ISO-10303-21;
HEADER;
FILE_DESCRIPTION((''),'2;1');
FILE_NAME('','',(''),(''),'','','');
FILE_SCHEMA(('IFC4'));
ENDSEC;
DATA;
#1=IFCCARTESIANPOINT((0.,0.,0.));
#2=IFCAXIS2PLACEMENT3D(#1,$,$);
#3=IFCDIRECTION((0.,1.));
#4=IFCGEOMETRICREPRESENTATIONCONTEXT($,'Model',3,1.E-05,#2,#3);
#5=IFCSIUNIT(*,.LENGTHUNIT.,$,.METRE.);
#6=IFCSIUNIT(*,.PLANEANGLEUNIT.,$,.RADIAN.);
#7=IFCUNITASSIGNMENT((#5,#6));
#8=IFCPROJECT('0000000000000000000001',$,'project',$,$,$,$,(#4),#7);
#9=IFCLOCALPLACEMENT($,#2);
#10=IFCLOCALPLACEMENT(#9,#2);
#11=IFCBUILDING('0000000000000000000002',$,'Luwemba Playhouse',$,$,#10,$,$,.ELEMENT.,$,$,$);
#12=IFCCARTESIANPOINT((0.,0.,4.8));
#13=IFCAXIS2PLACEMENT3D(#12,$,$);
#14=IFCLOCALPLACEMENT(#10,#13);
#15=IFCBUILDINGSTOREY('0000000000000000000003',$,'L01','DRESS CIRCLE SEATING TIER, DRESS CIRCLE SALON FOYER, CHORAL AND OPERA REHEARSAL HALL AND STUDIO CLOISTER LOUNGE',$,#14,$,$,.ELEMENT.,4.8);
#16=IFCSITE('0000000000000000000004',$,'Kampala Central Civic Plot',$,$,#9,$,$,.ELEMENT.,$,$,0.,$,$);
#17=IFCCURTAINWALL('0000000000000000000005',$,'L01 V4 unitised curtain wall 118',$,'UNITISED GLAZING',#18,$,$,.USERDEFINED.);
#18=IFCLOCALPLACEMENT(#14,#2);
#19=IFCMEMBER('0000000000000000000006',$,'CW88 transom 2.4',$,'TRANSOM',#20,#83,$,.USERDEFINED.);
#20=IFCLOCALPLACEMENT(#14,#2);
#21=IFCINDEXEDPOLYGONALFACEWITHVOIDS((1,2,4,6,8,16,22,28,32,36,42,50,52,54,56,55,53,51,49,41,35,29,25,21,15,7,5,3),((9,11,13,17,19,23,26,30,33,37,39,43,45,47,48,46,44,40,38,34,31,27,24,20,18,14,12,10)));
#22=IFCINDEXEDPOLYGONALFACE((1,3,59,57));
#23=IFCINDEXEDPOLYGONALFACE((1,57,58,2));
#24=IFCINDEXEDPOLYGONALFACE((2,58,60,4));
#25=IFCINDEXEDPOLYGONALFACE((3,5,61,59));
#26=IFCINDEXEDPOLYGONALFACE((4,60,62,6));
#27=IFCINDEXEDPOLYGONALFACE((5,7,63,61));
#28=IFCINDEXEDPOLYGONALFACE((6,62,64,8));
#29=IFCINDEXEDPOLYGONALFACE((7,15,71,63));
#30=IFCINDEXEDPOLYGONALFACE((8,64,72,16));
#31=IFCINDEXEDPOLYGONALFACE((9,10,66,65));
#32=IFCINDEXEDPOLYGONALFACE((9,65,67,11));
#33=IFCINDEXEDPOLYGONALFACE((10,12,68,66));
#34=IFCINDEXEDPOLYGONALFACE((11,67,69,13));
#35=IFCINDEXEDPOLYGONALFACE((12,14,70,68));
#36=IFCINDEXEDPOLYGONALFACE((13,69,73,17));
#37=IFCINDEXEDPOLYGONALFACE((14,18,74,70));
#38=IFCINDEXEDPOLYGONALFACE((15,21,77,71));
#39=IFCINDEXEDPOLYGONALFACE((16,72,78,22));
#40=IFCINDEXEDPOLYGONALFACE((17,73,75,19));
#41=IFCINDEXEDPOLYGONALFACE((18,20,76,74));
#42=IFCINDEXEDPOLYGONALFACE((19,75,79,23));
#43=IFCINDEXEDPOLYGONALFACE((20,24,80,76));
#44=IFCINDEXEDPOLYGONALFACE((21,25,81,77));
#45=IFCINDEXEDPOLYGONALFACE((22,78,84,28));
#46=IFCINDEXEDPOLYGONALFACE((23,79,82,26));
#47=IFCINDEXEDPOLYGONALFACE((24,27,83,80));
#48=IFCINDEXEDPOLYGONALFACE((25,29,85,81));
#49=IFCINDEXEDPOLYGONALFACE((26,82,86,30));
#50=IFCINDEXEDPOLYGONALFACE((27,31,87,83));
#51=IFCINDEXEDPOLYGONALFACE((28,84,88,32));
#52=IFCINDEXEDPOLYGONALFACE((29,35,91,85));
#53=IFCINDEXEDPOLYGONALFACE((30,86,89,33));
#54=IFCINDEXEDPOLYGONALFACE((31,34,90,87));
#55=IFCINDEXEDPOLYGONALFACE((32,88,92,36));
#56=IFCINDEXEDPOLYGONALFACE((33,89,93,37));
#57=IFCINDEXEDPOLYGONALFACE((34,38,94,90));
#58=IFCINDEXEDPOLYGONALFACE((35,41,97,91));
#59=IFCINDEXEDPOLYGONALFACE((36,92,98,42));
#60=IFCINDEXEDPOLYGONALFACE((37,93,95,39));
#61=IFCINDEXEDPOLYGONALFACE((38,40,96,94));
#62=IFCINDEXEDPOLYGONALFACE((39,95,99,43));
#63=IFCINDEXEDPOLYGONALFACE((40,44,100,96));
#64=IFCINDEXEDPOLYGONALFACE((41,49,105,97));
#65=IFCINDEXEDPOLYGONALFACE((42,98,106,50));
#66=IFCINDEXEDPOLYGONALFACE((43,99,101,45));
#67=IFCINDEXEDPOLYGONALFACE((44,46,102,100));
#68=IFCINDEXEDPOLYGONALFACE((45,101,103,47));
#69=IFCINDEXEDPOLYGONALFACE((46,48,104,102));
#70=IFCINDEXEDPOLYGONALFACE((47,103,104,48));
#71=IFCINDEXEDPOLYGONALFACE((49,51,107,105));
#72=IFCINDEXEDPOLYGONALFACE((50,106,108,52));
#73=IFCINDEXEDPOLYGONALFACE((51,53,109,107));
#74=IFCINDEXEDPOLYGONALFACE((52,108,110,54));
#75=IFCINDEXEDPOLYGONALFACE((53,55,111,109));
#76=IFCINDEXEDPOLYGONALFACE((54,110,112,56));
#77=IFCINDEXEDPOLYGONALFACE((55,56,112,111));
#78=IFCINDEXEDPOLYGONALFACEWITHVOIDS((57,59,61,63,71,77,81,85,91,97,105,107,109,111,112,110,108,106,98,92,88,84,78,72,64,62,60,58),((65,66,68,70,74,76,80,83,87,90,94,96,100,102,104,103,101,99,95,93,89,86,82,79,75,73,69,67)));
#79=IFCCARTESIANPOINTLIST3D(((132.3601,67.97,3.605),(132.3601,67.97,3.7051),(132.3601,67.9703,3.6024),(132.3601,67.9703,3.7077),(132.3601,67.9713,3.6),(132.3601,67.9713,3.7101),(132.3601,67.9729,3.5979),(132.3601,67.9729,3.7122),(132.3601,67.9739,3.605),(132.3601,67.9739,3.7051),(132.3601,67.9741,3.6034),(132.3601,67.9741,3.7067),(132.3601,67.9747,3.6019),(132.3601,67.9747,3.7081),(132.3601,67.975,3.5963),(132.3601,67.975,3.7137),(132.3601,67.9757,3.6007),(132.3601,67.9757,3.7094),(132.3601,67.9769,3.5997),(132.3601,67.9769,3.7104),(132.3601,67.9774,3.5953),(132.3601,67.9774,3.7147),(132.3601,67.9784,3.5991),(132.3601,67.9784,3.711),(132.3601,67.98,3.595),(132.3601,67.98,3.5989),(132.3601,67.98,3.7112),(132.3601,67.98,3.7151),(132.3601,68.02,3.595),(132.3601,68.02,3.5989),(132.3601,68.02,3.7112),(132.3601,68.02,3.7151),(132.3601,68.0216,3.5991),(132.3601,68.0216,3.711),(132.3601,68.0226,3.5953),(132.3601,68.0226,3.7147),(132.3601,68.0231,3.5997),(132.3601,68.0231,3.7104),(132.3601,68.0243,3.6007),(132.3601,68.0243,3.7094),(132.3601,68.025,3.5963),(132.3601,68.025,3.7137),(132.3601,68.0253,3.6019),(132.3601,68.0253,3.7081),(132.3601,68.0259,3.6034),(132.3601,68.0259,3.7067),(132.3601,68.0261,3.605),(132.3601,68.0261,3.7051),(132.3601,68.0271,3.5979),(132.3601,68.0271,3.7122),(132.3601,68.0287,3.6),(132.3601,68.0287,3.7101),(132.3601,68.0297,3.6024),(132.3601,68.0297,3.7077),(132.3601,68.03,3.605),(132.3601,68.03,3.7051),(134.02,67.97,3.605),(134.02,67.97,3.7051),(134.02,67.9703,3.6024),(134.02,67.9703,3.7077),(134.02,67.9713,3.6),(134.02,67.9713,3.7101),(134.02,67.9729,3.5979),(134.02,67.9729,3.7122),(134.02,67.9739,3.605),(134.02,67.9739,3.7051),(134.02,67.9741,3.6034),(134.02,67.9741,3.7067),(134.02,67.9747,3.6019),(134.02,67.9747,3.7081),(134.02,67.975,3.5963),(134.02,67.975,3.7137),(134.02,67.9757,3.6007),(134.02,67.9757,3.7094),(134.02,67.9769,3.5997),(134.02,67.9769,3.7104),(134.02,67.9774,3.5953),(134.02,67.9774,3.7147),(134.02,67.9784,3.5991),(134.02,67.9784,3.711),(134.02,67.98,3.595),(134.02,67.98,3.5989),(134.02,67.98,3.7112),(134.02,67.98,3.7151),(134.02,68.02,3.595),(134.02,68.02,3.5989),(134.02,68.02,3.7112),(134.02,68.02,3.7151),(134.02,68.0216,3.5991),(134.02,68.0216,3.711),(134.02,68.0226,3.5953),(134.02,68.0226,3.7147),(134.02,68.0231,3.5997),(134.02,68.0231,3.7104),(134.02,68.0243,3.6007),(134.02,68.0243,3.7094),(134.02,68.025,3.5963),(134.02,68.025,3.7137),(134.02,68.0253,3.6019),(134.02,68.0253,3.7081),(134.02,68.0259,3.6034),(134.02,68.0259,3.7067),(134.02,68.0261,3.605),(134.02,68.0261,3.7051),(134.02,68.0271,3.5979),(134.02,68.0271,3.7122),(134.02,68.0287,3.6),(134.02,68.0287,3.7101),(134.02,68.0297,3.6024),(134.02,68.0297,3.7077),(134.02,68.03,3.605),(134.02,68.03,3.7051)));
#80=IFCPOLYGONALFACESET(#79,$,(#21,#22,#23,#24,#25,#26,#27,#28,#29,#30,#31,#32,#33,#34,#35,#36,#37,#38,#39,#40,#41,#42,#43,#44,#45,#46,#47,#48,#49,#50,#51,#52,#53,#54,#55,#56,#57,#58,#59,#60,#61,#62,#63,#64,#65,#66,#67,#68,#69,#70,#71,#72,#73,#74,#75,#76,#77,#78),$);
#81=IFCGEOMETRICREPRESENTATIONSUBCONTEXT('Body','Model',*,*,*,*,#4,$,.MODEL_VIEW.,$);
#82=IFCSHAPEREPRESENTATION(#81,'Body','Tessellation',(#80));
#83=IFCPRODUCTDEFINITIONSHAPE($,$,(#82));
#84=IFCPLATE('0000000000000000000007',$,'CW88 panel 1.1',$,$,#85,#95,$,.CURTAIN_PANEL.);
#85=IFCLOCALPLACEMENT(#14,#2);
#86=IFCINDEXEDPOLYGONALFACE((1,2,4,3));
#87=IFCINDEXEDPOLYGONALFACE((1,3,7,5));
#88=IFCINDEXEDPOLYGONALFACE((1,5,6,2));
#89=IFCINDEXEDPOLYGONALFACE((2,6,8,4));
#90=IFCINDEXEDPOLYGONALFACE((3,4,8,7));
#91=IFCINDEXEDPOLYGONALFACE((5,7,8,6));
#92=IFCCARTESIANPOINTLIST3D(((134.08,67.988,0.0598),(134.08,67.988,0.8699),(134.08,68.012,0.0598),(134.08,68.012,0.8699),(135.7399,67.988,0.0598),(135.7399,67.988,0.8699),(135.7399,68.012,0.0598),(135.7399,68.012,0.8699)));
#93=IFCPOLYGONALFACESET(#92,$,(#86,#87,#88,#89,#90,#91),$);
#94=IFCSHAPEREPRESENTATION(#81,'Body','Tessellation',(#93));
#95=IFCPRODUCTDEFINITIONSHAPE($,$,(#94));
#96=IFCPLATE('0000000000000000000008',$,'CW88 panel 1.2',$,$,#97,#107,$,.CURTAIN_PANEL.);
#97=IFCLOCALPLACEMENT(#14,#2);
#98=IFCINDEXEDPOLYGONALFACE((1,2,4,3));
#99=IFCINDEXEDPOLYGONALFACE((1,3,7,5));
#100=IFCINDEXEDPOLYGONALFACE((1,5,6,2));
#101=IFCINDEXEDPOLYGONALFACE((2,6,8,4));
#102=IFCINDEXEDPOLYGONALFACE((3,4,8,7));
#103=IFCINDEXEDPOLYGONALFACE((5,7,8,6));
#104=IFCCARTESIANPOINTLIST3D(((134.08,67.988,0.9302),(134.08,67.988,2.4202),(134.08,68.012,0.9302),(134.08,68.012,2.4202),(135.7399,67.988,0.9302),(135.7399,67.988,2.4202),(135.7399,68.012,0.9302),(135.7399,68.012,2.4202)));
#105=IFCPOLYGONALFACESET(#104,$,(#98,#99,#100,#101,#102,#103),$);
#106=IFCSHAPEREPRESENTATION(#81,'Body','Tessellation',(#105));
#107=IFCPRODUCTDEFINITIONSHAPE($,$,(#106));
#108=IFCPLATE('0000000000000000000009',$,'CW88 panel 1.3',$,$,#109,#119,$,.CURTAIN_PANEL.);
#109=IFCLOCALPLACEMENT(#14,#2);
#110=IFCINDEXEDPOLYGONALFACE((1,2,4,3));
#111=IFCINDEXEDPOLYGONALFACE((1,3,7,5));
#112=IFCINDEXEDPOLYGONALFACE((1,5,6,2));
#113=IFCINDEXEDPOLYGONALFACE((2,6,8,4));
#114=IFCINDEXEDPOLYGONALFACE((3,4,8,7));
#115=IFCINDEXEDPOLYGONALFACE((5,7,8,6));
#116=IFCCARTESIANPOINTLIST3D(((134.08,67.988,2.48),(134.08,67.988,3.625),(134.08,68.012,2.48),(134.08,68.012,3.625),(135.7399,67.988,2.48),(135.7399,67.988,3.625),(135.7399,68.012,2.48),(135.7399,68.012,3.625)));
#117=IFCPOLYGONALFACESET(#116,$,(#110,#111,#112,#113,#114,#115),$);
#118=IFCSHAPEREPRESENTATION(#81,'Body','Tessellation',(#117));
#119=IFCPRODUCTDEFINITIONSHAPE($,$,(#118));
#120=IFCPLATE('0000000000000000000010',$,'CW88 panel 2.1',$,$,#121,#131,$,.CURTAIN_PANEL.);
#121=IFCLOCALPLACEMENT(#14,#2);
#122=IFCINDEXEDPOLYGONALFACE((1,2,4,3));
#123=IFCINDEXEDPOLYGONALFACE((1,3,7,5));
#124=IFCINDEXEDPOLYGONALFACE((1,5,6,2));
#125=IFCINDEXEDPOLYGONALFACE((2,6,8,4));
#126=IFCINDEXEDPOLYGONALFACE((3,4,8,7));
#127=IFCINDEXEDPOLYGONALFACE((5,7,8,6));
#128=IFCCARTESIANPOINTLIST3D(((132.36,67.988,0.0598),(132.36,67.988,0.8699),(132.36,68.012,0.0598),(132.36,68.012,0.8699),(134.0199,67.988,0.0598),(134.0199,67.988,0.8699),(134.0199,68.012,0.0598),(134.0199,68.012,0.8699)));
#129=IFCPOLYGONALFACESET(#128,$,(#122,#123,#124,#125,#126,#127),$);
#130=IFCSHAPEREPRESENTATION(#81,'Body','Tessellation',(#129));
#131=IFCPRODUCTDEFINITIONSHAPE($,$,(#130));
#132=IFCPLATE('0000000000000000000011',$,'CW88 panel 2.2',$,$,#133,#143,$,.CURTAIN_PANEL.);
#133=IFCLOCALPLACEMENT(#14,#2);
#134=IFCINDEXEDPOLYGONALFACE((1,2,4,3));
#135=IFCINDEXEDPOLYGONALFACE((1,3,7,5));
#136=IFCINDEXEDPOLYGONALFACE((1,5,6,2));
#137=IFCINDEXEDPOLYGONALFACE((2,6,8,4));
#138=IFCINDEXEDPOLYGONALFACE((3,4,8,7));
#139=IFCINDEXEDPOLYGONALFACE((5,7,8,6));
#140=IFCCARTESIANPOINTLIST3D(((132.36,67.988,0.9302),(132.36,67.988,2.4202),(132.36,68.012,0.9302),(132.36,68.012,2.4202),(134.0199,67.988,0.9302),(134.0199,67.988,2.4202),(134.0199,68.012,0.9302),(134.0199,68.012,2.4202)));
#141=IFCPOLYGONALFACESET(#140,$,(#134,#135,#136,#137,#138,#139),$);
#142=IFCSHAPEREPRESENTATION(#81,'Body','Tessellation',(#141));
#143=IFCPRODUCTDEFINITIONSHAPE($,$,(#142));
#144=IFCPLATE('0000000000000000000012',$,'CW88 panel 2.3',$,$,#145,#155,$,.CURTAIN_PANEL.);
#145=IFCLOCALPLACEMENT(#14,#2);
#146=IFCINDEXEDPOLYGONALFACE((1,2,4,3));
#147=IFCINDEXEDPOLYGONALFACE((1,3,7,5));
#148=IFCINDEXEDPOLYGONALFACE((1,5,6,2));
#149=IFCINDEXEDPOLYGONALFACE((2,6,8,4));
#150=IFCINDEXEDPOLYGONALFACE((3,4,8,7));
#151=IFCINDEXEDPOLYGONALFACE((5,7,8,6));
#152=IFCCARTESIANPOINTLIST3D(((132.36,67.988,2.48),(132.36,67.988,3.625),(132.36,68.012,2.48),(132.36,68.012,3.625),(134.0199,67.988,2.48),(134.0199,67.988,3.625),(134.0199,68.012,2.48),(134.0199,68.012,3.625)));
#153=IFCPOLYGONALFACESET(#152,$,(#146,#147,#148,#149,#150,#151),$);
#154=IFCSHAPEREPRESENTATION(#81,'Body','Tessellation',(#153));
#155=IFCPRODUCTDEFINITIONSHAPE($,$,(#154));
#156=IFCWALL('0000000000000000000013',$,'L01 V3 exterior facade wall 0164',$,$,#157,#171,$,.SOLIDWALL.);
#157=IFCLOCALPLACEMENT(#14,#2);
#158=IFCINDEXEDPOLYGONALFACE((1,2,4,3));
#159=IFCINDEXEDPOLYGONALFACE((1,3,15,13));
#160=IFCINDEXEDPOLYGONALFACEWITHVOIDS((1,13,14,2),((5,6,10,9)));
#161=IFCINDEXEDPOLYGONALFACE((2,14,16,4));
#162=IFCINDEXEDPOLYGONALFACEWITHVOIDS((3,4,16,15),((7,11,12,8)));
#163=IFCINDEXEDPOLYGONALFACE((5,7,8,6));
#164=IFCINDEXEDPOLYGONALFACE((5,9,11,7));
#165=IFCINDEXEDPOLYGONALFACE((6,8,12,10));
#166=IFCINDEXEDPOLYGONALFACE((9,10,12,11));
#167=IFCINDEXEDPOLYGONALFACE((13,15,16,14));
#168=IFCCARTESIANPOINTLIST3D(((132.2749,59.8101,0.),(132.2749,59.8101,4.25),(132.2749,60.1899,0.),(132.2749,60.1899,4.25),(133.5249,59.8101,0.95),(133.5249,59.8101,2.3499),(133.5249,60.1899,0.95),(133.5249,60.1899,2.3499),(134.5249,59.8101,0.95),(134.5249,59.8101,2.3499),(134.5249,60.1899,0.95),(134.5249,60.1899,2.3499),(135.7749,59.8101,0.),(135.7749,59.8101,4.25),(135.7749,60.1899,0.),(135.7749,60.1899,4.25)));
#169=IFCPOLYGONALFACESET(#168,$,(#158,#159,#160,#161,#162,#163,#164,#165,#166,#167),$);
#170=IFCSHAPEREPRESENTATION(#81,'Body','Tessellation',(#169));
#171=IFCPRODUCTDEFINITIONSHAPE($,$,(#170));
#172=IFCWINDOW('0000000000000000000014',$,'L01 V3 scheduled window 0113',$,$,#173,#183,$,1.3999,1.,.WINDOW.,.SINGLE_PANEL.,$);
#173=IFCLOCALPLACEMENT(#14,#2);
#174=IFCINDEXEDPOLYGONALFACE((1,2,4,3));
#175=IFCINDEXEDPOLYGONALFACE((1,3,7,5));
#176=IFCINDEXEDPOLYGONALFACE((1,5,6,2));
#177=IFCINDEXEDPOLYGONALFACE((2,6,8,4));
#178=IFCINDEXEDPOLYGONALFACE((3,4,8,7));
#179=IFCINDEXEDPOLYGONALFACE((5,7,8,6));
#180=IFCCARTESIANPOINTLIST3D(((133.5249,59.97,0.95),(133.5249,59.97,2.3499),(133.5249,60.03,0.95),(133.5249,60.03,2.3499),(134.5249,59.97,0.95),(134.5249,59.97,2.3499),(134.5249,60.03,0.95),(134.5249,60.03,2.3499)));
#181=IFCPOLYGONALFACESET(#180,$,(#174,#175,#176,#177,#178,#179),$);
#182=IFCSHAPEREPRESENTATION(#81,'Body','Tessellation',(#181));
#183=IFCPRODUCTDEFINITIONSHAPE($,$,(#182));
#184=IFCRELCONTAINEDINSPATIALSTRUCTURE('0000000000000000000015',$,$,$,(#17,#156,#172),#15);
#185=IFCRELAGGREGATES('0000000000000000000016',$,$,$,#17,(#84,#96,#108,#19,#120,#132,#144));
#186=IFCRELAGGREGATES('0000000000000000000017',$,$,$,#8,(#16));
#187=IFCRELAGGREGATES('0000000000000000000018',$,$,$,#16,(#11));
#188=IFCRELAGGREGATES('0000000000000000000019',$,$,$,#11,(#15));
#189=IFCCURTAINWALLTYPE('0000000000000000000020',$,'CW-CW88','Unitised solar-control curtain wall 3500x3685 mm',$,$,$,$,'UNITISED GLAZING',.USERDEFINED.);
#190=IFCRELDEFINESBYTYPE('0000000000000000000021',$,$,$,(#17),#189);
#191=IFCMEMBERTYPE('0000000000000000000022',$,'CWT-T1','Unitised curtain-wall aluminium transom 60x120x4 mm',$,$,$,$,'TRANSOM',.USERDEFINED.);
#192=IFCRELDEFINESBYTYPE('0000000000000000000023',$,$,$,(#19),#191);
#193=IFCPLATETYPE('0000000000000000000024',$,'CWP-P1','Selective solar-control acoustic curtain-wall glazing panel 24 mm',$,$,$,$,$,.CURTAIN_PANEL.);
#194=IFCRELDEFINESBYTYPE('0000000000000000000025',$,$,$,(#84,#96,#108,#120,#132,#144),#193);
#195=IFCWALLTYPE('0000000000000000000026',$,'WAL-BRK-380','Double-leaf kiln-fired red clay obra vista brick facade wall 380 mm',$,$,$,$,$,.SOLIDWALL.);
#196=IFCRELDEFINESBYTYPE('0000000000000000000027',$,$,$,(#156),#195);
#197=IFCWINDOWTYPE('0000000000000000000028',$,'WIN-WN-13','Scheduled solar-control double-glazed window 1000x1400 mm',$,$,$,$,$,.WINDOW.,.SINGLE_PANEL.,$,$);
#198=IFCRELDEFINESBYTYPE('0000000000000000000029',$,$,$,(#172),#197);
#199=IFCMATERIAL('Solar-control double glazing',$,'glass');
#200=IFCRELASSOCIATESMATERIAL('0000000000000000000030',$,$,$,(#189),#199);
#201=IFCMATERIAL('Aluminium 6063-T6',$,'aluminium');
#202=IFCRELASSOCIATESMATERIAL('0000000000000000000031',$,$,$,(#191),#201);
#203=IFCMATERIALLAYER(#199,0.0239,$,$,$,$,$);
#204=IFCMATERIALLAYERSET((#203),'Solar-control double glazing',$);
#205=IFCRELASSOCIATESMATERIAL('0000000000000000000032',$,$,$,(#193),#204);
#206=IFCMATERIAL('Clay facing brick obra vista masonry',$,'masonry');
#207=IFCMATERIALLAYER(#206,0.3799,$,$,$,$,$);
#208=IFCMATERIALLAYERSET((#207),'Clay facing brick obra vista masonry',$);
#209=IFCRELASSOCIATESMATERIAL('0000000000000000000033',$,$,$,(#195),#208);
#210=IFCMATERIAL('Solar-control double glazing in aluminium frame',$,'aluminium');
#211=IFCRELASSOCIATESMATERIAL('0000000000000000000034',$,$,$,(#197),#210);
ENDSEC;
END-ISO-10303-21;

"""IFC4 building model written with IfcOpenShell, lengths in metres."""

from ifc_helpers import new_model, si_unit, direction, frame, frame_2d, origin, origin_2d, place, context, subcontext, project, spatial, rectangle, hollow_rectangle, extrude, material, layer, layer_set, material_profile, profile_set, type_object, element, fill, aggregate, save


model = new_model("IFC4")

# Units and contexts
model_context = context("Model", 3, precision=1e-05, world=origin(), true_north=direction((0.0, 1.0)))
body_context = subcontext(model_context, "Body", "Model", "MODEL_VIEW")
ifc_project = project(units=[si_unit("LENGTHUNIT", "METRE"), si_unit("PLANEANGLEUNIT", "RADIAN")], contexts=[model_context])

# Site, building, storey
site_placement = place(None, origin())
site = spatial("IfcSite", under=ifc_project, at=site_placement, Name="Kampala Central Civic Plot", CompositionType="ELEMENT", RefElevation=0.0)
building_placement = place(site_placement, origin())
building = spatial("IfcBuilding", under=site, at=building_placement, Name="Luwemba Playhouse", CompositionType="ELEMENT")
storey_placement = place(building_placement, frame((0.0, 0.0, 4.8)))
storey = spatial("IfcBuildingStorey", under=building, at=storey_placement, Name="L01", Description="DRESS CIRCLE SEATING TIER, DRESS CIRCLE SALON FOYER, CHORAL AND OPERA REHEARSAL HALL AND STUDIO CLOISTER LOUNGE", CompositionType="ELEMENT", Elevation=4.8)

# Curtain wall, member, plates
ifc_material_1 = material(Name="Solar-control double glazing", Category="glass")
curtain_wall_type = type_object("IfcCurtainWallType", Name="CW-CW88", Description="Unitised solar-control curtain wall 3500x3685 mm", ElementType="UNITISED GLAZING", PredefinedType="USERDEFINED", material=ifc_material_1)
curtain_wall_placement = place(storey_placement, origin())
curtain_wall = element("IfcCurtainWall", 1, at=curtain_wall_placement, inside=storey, type_object=curtain_wall_type, Name="L01 V4 unitised curtain wall 118", ObjectType="UNITISED GLAZING", PredefinedType="USERDEFINED")
ifc_material_2 = material(Name="Aluminium 6063-T6", Category="aluminium")
ifc_material_profile_1 = material_profile(ifc_material_2, hollow_rectangle(XDim=0.0601, YDim=0.1201, WallThickness=0.0039, InnerFilletRadius=0.0061, OuterFilletRadius=0.01, at=origin_2d()))
ifc_profile_set_1 = profile_set([ifc_material_profile_1], Name="Aluminium 6063-T6")
member_type_1 = type_object("IfcMemberType", Name="CWT-T1", Description="Unitised curtain-wall aluminium transom 60x120x4 mm", ElementType="TRANSOM", PredefinedType="USERDEFINED", material=ifc_profile_set_1)
member_1_placement = place(storey_placement, frame((134.02, 68.0, 3.655), z_axis=(-1.0, 0.0, 0.0), x_axis=(0.0, -1.0, 0.0)))
member_1 = element("IfcMember", 2, at=member_1_placement, type_object=member_type_1, Name="CW88 transom 2.4", ObjectType="TRANSOM", PredefinedType="USERDEFINED", context=body_context, shape_type="SweptSolid", body=[
    extrude(hollow_rectangle(XDim=0.0601, YDim=0.1201, WallThickness=0.0039, InnerFilletRadius=0.0061, OuterFilletRadius=0.01, at=origin_2d()), origin(), (0.0, 0.0, 1.0), 1.6599),
])
ifc_layer_1 = layer(ifc_material_1, 0.0239)
ifc_layer_set_1 = layer_set([ifc_layer_1], Name="Solar-control double glazing")
plate_type = type_object("IfcPlateType", Name="CWP-P1", Description="Selective solar-control acoustic curtain-wall glazing panel 24 mm", PredefinedType="CURTAIN_PANEL", material=ifc_layer_set_1)
plate_1_placement = place(storey_placement, frame((134.9099, 68.0, 0.0598), z_axis=(0.0, 0.0, 1.0), x_axis=(-1.0, 0.0, 0.0)))
plate_1 = element("IfcPlate", 3, at=plate_1_placement, type_object=plate_type, Name="CW88 panel 1.1", PredefinedType="CURTAIN_PANEL", context=body_context, shape_type="SweptSolid", body=[
    extrude(rectangle(XDim=1.6599, YDim=0.0239, at=origin_2d()), origin(), (0.0, 0.0, 1.0), 0.8101),
])
plate_2_placement = place(storey_placement, frame((134.9099, 68.0, 0.9302), z_axis=(0.0, 0.0, 1.0), x_axis=(-1.0, 0.0, 0.0)))
plate_2 = element("IfcPlate", 4, at=plate_2_placement, type_object=plate_type, Name="CW88 panel 1.2", PredefinedType="CURTAIN_PANEL", context=body_context, shape_type="SweptSolid", body=[
    extrude(rectangle(XDim=1.6599, YDim=0.0239, at=origin_2d()), origin(), (0.0, 0.0, 1.0), 1.49),
])
plate_3_placement = place(storey_placement, frame((134.9099, 68.0, 2.48), z_axis=(0.0, 0.0, 1.0), x_axis=(-1.0, 0.0, 0.0)))
plate_3 = element("IfcPlate", 5, at=plate_3_placement, type_object=plate_type, Name="CW88 panel 1.3", PredefinedType="CURTAIN_PANEL", context=body_context, shape_type="SweptSolid", body=[
    extrude(rectangle(XDim=1.6599, YDim=0.0239, at=origin_2d()), origin(), (0.0, 0.0, 1.0), 1.145),
])
plate_4_placement = place(storey_placement, frame((133.1899, 68.0, 0.0598), z_axis=(0.0, 0.0, 1.0), x_axis=(-1.0, 0.0, 0.0)))
plate_4 = element("IfcPlate", 6, at=plate_4_placement, type_object=plate_type, Name="CW88 panel 2.1", PredefinedType="CURTAIN_PANEL", context=body_context, shape_type="SweptSolid", body=[
    extrude(rectangle(XDim=1.6599, YDim=0.0239, at=origin_2d()), origin(), (0.0, 0.0, 1.0), 0.8101),
])
plate_5_placement = place(storey_placement, frame((133.1899, 68.0, 0.9302), z_axis=(0.0, 0.0, 1.0), x_axis=(-1.0, 0.0, 0.0)))
plate_5 = element("IfcPlate", 7, at=plate_5_placement, type_object=plate_type, Name="CW88 panel 2.2", PredefinedType="CURTAIN_PANEL", context=body_context, shape_type="SweptSolid", body=[
    extrude(rectangle(XDim=1.6599, YDim=0.0239, at=origin_2d()), origin(), (0.0, 0.0, 1.0), 1.49),
])
plate_6_placement = place(storey_placement, frame((133.1899, 68.0, 2.48), z_axis=(0.0, 0.0, 1.0), x_axis=(-1.0, 0.0, 0.0)))
plate_6 = element("IfcPlate", 8, at=plate_6_placement, type_object=plate_type, Name="CW88 panel 2.3", PredefinedType="CURTAIN_PANEL", context=body_context, shape_type="SweptSolid", body=[
    extrude(rectangle(XDim=1.6599, YDim=0.0239, at=origin_2d()), origin(), (0.0, 0.0, 1.0), 1.145),
])
aggregate(curtain_wall, [plate_1, plate_2, plate_3, member_1, plate_4, plate_5, plate_6])

# Wall, opening, window
ifc_material_3 = material(Name="Clay facing brick obra vista masonry", Category="masonry")
ifc_layer_2 = layer(ifc_material_3, 0.3799)
ifc_layer_set_2 = layer_set([ifc_layer_2], Name="Clay facing brick obra vista masonry")
wall_type = type_object("IfcWallType", Name="WAL-BRK-380", Description="Double-leaf kiln-fired red clay obra vista brick facade wall 380 mm", PredefinedType="SOLIDWALL", material=ifc_layer_set_2)
wall_placement = place(storey_placement, frame((132.2749, 60.0, 0.0), z_axis=(0.0, 0.0, 1.0), x_axis=(1.0, 0.0, 0.0)))
wall = element("IfcWall", 9, at=wall_placement, inside=storey, type_object=wall_type, Name="L01 V3 exterior facade wall 0164", PredefinedType="SOLIDWALL", context=body_context, shape_type="SweptSolid", body=[
    extrude(rectangle(XDim=3.5, YDim=0.3799, at=frame_2d((1.75, 0.0))), origin(), (0.0, 0.0, 1.0), 4.25),
])
opening_placement = place(wall_placement, frame((1.25, 0.0, 0.95)))
opening = element("IfcOpeningElement", 10, at=opening_placement, cuts=wall, PredefinedType="OPENING", context=body_context, shape_type="SweptSolid", body=[
    extrude(rectangle(XDim=1.0, YDim=1.3999, at=frame_2d((0.5, 0.7))), frame((0.0, 0.2, 0.0), z_axis=(0.0, -1.0, 0.0), x_axis=(1.0, 0.0, 0.0)), (0.0, 0.0, 1.0), 0.3999),
])
ifc_material_4 = material(Name="Solar-control double glazing in aluminium frame", Category="aluminium")
window_type = type_object("IfcWindowType", Name="WIN-WN-13", Description="Scheduled solar-control double-glazed window 1000x1400 mm", PartitioningType="SINGLE_PANEL", PredefinedType="WINDOW", material=ifc_material_4)
window_placement = place(opening_placement, origin())
window = element("IfcWindow", 11, at=window_placement, inside=storey, type_object=window_type, Name="L01 V3 scheduled window 0113", OverallHeight=1.3999, OverallWidth=1.0, PartitioningType="SINGLE_PANEL", PredefinedType="WINDOW", context=body_context, shape_type="SweptSolid", body=[
    extrude(rectangle(XDim=1.0, YDim=1.3999, at=frame_2d((0.5, 0.7))), frame((0.0, 0.03, 0.0), z_axis=(0.0, -1.0, 0.0), x_axis=(1.0, 0.0, 0.0)), (0.0, 0.0, 1.0), 0.0601),
])
fill(opening, window)

save(model, "model.ifc")
